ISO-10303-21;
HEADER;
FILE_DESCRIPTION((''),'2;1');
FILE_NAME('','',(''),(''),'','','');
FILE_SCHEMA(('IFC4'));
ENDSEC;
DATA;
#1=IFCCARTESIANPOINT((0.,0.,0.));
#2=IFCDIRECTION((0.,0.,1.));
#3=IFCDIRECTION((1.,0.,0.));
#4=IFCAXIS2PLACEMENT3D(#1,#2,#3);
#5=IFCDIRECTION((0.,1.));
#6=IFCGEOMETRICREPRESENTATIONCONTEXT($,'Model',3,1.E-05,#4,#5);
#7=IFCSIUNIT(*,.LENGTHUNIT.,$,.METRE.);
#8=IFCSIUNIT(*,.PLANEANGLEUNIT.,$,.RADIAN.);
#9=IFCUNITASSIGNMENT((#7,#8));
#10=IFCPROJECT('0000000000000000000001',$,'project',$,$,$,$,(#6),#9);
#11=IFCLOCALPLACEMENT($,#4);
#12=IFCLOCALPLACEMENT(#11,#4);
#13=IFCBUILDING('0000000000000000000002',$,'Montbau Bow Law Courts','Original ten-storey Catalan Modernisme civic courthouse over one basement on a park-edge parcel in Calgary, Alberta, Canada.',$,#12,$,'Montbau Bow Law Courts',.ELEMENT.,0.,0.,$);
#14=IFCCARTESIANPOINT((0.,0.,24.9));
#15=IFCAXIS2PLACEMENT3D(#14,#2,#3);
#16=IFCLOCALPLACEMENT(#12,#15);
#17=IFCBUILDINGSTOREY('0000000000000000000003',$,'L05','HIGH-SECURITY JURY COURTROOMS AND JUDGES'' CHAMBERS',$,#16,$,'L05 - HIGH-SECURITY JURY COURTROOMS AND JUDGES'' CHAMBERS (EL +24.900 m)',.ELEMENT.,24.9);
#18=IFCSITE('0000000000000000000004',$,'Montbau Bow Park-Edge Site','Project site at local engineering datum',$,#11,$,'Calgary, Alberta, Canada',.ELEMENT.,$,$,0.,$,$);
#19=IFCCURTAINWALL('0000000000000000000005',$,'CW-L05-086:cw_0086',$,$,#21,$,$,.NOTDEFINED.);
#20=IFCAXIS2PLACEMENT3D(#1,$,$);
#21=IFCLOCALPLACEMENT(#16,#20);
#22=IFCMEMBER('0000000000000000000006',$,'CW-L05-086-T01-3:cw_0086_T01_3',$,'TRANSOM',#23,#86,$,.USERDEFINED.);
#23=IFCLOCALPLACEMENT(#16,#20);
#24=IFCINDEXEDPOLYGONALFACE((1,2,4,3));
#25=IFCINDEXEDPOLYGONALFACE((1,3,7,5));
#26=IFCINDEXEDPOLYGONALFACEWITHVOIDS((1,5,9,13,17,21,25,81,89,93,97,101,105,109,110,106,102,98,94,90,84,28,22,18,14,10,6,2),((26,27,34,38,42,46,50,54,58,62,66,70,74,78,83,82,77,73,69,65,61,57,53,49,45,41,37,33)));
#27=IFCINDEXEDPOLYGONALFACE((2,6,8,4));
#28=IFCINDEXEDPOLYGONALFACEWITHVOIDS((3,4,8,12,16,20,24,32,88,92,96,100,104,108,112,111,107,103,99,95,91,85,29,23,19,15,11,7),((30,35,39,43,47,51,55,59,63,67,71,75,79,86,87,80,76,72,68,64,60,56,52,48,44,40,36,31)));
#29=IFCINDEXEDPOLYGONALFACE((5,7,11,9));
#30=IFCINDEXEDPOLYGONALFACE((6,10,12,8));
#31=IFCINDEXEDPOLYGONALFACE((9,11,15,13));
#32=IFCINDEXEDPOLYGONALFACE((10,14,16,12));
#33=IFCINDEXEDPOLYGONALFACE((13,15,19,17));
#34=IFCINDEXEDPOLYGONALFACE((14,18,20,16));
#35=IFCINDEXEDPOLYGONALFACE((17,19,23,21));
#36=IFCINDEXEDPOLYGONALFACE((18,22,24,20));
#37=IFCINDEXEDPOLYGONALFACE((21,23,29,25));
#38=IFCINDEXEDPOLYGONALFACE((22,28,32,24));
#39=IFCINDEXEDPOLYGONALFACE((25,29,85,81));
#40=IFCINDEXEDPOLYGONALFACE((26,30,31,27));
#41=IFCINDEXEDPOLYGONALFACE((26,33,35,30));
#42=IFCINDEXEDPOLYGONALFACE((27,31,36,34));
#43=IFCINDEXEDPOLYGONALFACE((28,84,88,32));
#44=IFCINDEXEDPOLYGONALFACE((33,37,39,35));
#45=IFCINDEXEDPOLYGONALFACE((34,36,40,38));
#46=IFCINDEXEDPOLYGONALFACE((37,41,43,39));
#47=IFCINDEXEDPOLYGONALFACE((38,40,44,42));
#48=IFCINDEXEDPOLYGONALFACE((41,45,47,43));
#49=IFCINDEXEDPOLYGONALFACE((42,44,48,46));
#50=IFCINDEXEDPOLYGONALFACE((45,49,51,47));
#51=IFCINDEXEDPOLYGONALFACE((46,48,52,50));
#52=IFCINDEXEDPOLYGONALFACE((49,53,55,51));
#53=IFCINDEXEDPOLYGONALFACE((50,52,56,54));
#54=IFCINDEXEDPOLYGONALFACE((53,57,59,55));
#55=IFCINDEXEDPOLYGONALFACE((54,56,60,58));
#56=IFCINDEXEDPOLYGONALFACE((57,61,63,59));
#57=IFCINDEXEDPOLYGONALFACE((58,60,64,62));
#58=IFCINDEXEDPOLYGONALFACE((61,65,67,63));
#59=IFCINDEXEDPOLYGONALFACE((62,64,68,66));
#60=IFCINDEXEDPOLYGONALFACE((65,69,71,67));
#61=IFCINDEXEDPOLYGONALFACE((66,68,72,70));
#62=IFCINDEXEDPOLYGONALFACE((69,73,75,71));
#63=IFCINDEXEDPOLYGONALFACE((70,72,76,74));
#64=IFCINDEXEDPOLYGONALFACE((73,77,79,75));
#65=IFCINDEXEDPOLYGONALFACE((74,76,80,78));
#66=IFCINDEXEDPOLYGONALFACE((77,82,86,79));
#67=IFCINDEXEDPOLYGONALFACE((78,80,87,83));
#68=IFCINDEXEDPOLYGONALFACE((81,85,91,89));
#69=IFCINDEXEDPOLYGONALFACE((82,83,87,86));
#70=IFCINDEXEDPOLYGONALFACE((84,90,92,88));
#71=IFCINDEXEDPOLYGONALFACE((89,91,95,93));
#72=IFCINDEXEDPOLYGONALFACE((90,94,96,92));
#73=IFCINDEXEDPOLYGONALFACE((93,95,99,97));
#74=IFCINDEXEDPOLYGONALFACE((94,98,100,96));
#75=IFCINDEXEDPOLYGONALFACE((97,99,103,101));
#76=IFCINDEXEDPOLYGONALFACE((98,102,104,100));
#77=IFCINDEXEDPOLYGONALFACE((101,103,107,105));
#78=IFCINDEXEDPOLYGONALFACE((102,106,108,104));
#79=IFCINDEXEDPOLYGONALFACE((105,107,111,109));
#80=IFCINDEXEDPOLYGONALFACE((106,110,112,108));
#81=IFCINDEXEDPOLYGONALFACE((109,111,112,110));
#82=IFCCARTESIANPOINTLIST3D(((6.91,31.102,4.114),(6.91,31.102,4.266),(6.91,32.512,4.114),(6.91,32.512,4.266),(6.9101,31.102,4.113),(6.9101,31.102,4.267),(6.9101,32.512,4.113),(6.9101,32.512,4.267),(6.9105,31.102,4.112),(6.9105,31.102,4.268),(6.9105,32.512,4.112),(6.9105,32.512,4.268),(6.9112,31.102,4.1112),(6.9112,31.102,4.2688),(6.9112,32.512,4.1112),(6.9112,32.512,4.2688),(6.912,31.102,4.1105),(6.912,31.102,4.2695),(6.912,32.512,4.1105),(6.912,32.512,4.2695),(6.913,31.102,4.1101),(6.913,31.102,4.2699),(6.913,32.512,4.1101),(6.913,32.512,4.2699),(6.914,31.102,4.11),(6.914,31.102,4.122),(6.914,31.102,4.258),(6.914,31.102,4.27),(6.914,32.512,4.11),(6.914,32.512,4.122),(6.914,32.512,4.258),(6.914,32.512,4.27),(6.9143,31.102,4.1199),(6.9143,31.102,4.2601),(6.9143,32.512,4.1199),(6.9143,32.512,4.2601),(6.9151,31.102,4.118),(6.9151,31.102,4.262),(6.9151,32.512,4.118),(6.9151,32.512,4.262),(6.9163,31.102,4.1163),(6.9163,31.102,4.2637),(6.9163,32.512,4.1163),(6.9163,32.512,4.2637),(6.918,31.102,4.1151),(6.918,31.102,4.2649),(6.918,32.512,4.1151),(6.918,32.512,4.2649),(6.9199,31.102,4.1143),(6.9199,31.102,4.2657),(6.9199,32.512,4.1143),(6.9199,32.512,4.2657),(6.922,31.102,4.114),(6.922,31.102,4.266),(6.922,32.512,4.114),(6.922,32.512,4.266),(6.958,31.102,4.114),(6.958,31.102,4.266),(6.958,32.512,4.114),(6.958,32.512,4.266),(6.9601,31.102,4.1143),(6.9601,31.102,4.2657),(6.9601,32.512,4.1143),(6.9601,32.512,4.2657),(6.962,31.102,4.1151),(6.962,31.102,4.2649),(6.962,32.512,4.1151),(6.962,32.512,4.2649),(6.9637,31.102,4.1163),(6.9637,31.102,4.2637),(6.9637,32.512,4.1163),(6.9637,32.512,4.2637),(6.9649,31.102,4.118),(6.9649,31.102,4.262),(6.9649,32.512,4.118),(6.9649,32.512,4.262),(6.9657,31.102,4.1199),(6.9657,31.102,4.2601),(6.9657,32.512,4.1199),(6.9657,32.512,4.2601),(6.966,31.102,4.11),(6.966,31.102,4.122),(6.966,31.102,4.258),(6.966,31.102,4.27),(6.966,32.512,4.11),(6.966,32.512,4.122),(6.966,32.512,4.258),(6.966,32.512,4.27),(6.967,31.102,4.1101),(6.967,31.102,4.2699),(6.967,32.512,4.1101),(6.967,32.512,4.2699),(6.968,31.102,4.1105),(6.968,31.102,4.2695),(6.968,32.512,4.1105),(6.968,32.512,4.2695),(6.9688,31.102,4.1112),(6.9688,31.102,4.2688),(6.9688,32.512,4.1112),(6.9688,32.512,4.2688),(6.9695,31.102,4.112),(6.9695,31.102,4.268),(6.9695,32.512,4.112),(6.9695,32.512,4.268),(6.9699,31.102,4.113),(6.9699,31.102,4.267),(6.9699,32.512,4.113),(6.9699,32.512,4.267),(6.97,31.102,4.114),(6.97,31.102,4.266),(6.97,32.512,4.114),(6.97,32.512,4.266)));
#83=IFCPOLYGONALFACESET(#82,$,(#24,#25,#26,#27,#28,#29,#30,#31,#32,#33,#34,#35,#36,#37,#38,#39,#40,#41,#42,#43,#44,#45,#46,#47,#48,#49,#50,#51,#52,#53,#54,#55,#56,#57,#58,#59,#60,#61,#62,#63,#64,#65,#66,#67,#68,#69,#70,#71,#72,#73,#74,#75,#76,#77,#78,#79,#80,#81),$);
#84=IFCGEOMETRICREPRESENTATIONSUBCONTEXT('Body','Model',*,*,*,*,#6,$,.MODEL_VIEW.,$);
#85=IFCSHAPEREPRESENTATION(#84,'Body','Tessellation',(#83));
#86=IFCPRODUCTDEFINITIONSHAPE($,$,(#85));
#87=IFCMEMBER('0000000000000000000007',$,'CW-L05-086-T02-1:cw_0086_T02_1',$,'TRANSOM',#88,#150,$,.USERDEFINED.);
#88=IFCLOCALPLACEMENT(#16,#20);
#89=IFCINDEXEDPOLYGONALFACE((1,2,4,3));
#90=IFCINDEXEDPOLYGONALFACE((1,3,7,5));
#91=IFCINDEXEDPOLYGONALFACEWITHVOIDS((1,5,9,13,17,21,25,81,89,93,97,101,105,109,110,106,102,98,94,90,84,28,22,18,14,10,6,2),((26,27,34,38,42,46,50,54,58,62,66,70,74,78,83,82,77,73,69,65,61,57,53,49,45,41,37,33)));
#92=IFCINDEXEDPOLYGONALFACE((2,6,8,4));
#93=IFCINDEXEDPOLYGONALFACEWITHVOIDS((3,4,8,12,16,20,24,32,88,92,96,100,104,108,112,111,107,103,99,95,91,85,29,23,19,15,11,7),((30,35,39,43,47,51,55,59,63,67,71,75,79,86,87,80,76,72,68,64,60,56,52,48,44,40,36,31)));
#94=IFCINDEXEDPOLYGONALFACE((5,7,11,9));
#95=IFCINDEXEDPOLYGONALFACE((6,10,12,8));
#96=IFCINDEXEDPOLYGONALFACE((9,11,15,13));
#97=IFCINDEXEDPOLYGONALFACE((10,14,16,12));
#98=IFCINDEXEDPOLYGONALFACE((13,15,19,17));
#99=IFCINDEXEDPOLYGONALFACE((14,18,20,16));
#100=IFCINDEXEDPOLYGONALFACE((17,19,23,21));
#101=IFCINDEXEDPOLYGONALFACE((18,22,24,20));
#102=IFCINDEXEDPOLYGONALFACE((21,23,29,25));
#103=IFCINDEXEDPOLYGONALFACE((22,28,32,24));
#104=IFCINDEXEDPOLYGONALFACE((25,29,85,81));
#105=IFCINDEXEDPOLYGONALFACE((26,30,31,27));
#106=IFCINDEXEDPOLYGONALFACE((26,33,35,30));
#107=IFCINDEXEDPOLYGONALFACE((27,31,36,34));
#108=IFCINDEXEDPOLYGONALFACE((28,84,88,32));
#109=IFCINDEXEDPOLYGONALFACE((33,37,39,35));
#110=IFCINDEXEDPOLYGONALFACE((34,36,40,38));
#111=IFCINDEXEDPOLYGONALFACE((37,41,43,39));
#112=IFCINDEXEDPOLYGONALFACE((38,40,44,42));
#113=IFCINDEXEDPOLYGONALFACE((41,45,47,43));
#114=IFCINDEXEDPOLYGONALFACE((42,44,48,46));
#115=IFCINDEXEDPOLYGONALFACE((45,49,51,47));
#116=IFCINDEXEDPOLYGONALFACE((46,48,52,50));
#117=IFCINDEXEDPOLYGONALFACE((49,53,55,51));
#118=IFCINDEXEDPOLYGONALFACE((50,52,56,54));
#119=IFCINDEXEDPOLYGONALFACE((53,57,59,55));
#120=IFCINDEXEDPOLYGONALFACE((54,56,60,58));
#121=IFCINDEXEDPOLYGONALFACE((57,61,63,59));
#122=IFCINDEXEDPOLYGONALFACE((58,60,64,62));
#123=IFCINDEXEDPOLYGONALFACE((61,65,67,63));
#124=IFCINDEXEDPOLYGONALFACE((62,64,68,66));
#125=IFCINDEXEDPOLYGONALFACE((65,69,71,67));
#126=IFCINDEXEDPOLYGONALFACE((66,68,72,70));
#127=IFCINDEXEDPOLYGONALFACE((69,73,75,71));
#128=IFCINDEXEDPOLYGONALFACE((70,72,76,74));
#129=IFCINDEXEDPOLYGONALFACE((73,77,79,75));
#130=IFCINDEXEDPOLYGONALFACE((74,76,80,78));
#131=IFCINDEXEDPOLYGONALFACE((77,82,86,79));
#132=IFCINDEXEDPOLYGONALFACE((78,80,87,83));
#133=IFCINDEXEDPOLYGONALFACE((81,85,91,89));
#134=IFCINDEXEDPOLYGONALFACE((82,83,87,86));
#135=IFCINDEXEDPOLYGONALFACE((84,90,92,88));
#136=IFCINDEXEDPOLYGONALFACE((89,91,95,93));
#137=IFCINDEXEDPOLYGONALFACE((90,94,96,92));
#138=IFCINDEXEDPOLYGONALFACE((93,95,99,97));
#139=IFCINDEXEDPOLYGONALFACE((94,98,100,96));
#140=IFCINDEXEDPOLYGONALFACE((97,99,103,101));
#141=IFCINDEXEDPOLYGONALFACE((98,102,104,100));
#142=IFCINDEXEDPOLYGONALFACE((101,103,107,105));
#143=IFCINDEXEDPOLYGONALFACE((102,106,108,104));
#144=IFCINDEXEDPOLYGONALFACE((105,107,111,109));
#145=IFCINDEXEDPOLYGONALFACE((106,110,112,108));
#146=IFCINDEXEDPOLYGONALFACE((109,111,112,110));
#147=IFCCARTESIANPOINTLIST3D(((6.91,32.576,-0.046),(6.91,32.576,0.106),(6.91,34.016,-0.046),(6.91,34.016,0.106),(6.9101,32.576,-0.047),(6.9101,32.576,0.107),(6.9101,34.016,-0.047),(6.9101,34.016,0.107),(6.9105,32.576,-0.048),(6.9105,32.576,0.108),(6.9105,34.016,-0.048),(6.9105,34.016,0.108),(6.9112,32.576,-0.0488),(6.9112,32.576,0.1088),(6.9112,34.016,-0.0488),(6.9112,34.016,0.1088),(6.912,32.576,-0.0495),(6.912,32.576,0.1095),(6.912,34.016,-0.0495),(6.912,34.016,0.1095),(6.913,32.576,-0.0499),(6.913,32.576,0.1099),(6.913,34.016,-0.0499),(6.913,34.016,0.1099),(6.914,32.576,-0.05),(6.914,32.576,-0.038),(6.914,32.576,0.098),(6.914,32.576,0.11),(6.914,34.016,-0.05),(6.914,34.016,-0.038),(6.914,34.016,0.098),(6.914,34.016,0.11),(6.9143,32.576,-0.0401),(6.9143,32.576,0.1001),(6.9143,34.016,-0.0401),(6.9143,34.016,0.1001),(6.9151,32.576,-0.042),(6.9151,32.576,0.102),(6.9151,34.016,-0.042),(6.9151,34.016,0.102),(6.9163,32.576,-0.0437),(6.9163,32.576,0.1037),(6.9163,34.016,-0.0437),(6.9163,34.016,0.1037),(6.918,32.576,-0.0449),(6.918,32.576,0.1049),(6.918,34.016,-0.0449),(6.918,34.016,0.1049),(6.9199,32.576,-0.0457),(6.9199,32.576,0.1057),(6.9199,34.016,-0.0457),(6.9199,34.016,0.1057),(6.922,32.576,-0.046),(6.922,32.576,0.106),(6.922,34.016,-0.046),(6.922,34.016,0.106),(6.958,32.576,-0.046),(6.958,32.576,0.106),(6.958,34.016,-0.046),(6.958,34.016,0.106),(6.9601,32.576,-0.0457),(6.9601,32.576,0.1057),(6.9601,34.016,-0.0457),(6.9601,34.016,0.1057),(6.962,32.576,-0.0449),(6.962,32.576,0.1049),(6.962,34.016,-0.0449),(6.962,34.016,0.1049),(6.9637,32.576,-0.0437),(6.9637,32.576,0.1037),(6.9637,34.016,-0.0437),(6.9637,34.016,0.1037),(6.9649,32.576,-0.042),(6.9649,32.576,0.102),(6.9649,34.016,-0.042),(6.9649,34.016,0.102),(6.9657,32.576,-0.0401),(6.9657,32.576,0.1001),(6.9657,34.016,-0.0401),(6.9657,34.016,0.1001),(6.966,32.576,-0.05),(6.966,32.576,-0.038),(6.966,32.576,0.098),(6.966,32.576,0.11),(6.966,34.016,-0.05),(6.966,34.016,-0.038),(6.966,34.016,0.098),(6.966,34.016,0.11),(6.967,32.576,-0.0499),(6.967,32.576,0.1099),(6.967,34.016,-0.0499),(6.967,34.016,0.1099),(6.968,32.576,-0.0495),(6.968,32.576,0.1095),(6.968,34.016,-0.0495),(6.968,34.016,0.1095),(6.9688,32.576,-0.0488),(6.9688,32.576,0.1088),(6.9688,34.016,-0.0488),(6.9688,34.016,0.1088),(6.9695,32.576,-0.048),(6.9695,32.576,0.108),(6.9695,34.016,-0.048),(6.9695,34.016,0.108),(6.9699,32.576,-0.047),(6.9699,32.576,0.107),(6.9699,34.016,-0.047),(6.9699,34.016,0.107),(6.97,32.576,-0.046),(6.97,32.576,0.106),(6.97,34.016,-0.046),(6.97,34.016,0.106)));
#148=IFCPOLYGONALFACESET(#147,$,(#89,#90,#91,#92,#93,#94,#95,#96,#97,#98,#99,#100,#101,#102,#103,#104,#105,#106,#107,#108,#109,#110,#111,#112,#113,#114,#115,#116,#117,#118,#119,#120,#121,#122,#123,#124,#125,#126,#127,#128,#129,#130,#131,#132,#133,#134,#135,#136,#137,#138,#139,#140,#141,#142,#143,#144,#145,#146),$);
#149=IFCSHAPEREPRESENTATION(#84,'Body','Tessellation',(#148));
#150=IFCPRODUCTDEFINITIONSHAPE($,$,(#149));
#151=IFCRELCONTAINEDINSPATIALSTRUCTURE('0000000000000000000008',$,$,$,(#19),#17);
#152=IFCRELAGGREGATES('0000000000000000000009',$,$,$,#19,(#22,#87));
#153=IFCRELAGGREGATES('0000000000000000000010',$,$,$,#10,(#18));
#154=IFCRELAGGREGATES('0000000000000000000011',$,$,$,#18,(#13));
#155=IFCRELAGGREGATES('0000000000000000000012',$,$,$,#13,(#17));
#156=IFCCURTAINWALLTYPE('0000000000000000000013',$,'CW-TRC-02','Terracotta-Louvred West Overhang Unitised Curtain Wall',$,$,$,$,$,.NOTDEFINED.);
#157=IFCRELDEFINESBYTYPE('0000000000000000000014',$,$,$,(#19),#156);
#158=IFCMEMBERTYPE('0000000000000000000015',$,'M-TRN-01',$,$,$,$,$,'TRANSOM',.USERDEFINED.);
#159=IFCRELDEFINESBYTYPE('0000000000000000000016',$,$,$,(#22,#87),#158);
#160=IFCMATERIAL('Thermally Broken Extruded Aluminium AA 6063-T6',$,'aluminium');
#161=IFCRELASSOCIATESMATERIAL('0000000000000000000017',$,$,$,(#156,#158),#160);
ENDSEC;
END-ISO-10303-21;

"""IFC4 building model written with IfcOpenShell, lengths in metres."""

from ifc_helpers import new_model, si_unit, direction, frame, origin_with_axes, origin_2d_with_axis, place, context, subcontext, project, spatial, hollow_rectangle, extrude, material, material_profile, profile_set, type_object, element, aggregate, save


model = new_model("IFC4")

# Units and contexts
model_context = context("Model", 3, precision=1e-05, world=origin_with_axes(), true_north=direction((0.0, 1.0)))
body_context = subcontext(model_context, "Body", "Model", "MODEL_VIEW")
ifc_project = project(units=[si_unit("LENGTHUNIT", "METRE"), si_unit("PLANEANGLEUNIT", "RADIAN")], contexts=[model_context])

# Site, building, storey
site_placement = place(None, origin_with_axes())
site = spatial("IfcSite", under=ifc_project, at=site_placement, Name="Montbau Bow Park-Edge Site", Description="Project site at local engineering datum", LongName="Calgary, Alberta, Canada", CompositionType="ELEMENT", RefElevation=0.0)
building_placement = place(site_placement, origin_with_axes())
building = spatial("IfcBuilding", under=site, at=building_placement, Name="Montbau Bow Law Courts", Description="Original ten-storey Catalan Modernisme civic courthouse over one basement on a park-edge parcel in Calgary, Alberta, Canada.", LongName="Montbau Bow Law Courts", CompositionType="ELEMENT", ElevationOfRefHeight=0.0, ElevationOfTerrain=0.0)
storey_placement = place(building_placement, frame((0.0, 0.0, 24.9), z_axis=(0.0, 0.0, 1.0), x_axis=(1.0, 0.0, 0.0)))
storey = spatial("IfcBuildingStorey", under=building, at=storey_placement, Name="L05", Description="HIGH-SECURITY JURY COURTROOMS AND JUDGES' CHAMBERS", LongName="L05 - HIGH-SECURITY JURY COURTROOMS AND JUDGES' CHAMBERS (EL +24.900 m)", CompositionType="ELEMENT", Elevation=24.9)

# Curtain wall, members
ifc_material_1 = material(Name="Thermally Broken Extruded Aluminium AA 6063-T6", Category="aluminium")
curtain_wall_type = type_object("IfcCurtainWallType", Name="CW-TRC-02", Description="Terracotta-Louvred West Overhang Unitised Curtain Wall", PredefinedType="NOTDEFINED", material=ifc_material_1)
curtain_wall_placement = place(None, frame((6.94, 31.04, 24.9), z_axis=(0.0, 0.0, 1.0), x_axis=(1.0, 0.0, 0.0)))
curtain_wall = element("IfcCurtainWall", 1, at=curtain_wall_placement, inside=storey, type_object=curtain_wall_type, Name="CW-L05-086:cw_0086", PredefinedType="NOTDEFINED")
ifc_material_profile_1 = material_profile(ifc_material_1, hollow_rectangle(XDim=0.06, YDim=0.16, WallThickness=0.004, InnerFilletRadius=0.008, OuterFilletRadius=0.004, at=origin_2d_with_axis()), Name="CWT-160X60", Category="Main", Priority=0)
ifc_profile_set_1 = profile_set([ifc_material_profile_1], Name="Thermally Broken Extruded Aluminium AA 6063-T6")
member_type_1 = type_object("IfcMemberType", Name="M-TRN-01", ElementType="TRANSOM", PredefinedType="USERDEFINED", material=ifc_profile_set_1)
member_1_placement = place(None, frame((6.94, 31.102, 29.09), z_axis=(0.0, 1.0, 0.0), x_axis=(-1.0, 0.0, 0.0)))
member_1 = element("IfcMember", 2, at=member_1_placement, type_object=member_type_1, Name="CW-L05-086-T01-3:cw_0086_T01_3", ObjectType="TRANSOM", PredefinedType="USERDEFINED", context=body_context, shape_type="SweptSolid", body=[
    extrude(hollow_rectangle(XDim=0.06, YDim=0.16, WallThickness=0.004, InnerFilletRadius=0.008, OuterFilletRadius=0.004, at=origin_2d_with_axis()), origin_with_axes(), (0.0, 0.0, 1.0), 1.41),
])
member_2_placement = place(None, frame((6.94, 32.576, 24.93), z_axis=(0.0, 1.0, 0.0), x_axis=(-1.0, 0.0, 0.0)))
member_2 = element("IfcMember", 3, at=member_2_placement, type_object=member_type_1, Name="CW-L05-086-T02-1:cw_0086_T02_1", ObjectType="TRANSOM", PredefinedType="USERDEFINED", context=body_context, shape_type="SweptSolid", body=[
    extrude(hollow_rectangle(XDim=0.06, YDim=0.16, WallThickness=0.004, InnerFilletRadius=0.008, OuterFilletRadius=0.004, at=origin_2d_with_axis()), origin_with_axes(), (0.0, 0.0, 1.0), 1.44),
])
aggregate(curtain_wall, [member_1, member_2])

save(model, "model.ifc")
